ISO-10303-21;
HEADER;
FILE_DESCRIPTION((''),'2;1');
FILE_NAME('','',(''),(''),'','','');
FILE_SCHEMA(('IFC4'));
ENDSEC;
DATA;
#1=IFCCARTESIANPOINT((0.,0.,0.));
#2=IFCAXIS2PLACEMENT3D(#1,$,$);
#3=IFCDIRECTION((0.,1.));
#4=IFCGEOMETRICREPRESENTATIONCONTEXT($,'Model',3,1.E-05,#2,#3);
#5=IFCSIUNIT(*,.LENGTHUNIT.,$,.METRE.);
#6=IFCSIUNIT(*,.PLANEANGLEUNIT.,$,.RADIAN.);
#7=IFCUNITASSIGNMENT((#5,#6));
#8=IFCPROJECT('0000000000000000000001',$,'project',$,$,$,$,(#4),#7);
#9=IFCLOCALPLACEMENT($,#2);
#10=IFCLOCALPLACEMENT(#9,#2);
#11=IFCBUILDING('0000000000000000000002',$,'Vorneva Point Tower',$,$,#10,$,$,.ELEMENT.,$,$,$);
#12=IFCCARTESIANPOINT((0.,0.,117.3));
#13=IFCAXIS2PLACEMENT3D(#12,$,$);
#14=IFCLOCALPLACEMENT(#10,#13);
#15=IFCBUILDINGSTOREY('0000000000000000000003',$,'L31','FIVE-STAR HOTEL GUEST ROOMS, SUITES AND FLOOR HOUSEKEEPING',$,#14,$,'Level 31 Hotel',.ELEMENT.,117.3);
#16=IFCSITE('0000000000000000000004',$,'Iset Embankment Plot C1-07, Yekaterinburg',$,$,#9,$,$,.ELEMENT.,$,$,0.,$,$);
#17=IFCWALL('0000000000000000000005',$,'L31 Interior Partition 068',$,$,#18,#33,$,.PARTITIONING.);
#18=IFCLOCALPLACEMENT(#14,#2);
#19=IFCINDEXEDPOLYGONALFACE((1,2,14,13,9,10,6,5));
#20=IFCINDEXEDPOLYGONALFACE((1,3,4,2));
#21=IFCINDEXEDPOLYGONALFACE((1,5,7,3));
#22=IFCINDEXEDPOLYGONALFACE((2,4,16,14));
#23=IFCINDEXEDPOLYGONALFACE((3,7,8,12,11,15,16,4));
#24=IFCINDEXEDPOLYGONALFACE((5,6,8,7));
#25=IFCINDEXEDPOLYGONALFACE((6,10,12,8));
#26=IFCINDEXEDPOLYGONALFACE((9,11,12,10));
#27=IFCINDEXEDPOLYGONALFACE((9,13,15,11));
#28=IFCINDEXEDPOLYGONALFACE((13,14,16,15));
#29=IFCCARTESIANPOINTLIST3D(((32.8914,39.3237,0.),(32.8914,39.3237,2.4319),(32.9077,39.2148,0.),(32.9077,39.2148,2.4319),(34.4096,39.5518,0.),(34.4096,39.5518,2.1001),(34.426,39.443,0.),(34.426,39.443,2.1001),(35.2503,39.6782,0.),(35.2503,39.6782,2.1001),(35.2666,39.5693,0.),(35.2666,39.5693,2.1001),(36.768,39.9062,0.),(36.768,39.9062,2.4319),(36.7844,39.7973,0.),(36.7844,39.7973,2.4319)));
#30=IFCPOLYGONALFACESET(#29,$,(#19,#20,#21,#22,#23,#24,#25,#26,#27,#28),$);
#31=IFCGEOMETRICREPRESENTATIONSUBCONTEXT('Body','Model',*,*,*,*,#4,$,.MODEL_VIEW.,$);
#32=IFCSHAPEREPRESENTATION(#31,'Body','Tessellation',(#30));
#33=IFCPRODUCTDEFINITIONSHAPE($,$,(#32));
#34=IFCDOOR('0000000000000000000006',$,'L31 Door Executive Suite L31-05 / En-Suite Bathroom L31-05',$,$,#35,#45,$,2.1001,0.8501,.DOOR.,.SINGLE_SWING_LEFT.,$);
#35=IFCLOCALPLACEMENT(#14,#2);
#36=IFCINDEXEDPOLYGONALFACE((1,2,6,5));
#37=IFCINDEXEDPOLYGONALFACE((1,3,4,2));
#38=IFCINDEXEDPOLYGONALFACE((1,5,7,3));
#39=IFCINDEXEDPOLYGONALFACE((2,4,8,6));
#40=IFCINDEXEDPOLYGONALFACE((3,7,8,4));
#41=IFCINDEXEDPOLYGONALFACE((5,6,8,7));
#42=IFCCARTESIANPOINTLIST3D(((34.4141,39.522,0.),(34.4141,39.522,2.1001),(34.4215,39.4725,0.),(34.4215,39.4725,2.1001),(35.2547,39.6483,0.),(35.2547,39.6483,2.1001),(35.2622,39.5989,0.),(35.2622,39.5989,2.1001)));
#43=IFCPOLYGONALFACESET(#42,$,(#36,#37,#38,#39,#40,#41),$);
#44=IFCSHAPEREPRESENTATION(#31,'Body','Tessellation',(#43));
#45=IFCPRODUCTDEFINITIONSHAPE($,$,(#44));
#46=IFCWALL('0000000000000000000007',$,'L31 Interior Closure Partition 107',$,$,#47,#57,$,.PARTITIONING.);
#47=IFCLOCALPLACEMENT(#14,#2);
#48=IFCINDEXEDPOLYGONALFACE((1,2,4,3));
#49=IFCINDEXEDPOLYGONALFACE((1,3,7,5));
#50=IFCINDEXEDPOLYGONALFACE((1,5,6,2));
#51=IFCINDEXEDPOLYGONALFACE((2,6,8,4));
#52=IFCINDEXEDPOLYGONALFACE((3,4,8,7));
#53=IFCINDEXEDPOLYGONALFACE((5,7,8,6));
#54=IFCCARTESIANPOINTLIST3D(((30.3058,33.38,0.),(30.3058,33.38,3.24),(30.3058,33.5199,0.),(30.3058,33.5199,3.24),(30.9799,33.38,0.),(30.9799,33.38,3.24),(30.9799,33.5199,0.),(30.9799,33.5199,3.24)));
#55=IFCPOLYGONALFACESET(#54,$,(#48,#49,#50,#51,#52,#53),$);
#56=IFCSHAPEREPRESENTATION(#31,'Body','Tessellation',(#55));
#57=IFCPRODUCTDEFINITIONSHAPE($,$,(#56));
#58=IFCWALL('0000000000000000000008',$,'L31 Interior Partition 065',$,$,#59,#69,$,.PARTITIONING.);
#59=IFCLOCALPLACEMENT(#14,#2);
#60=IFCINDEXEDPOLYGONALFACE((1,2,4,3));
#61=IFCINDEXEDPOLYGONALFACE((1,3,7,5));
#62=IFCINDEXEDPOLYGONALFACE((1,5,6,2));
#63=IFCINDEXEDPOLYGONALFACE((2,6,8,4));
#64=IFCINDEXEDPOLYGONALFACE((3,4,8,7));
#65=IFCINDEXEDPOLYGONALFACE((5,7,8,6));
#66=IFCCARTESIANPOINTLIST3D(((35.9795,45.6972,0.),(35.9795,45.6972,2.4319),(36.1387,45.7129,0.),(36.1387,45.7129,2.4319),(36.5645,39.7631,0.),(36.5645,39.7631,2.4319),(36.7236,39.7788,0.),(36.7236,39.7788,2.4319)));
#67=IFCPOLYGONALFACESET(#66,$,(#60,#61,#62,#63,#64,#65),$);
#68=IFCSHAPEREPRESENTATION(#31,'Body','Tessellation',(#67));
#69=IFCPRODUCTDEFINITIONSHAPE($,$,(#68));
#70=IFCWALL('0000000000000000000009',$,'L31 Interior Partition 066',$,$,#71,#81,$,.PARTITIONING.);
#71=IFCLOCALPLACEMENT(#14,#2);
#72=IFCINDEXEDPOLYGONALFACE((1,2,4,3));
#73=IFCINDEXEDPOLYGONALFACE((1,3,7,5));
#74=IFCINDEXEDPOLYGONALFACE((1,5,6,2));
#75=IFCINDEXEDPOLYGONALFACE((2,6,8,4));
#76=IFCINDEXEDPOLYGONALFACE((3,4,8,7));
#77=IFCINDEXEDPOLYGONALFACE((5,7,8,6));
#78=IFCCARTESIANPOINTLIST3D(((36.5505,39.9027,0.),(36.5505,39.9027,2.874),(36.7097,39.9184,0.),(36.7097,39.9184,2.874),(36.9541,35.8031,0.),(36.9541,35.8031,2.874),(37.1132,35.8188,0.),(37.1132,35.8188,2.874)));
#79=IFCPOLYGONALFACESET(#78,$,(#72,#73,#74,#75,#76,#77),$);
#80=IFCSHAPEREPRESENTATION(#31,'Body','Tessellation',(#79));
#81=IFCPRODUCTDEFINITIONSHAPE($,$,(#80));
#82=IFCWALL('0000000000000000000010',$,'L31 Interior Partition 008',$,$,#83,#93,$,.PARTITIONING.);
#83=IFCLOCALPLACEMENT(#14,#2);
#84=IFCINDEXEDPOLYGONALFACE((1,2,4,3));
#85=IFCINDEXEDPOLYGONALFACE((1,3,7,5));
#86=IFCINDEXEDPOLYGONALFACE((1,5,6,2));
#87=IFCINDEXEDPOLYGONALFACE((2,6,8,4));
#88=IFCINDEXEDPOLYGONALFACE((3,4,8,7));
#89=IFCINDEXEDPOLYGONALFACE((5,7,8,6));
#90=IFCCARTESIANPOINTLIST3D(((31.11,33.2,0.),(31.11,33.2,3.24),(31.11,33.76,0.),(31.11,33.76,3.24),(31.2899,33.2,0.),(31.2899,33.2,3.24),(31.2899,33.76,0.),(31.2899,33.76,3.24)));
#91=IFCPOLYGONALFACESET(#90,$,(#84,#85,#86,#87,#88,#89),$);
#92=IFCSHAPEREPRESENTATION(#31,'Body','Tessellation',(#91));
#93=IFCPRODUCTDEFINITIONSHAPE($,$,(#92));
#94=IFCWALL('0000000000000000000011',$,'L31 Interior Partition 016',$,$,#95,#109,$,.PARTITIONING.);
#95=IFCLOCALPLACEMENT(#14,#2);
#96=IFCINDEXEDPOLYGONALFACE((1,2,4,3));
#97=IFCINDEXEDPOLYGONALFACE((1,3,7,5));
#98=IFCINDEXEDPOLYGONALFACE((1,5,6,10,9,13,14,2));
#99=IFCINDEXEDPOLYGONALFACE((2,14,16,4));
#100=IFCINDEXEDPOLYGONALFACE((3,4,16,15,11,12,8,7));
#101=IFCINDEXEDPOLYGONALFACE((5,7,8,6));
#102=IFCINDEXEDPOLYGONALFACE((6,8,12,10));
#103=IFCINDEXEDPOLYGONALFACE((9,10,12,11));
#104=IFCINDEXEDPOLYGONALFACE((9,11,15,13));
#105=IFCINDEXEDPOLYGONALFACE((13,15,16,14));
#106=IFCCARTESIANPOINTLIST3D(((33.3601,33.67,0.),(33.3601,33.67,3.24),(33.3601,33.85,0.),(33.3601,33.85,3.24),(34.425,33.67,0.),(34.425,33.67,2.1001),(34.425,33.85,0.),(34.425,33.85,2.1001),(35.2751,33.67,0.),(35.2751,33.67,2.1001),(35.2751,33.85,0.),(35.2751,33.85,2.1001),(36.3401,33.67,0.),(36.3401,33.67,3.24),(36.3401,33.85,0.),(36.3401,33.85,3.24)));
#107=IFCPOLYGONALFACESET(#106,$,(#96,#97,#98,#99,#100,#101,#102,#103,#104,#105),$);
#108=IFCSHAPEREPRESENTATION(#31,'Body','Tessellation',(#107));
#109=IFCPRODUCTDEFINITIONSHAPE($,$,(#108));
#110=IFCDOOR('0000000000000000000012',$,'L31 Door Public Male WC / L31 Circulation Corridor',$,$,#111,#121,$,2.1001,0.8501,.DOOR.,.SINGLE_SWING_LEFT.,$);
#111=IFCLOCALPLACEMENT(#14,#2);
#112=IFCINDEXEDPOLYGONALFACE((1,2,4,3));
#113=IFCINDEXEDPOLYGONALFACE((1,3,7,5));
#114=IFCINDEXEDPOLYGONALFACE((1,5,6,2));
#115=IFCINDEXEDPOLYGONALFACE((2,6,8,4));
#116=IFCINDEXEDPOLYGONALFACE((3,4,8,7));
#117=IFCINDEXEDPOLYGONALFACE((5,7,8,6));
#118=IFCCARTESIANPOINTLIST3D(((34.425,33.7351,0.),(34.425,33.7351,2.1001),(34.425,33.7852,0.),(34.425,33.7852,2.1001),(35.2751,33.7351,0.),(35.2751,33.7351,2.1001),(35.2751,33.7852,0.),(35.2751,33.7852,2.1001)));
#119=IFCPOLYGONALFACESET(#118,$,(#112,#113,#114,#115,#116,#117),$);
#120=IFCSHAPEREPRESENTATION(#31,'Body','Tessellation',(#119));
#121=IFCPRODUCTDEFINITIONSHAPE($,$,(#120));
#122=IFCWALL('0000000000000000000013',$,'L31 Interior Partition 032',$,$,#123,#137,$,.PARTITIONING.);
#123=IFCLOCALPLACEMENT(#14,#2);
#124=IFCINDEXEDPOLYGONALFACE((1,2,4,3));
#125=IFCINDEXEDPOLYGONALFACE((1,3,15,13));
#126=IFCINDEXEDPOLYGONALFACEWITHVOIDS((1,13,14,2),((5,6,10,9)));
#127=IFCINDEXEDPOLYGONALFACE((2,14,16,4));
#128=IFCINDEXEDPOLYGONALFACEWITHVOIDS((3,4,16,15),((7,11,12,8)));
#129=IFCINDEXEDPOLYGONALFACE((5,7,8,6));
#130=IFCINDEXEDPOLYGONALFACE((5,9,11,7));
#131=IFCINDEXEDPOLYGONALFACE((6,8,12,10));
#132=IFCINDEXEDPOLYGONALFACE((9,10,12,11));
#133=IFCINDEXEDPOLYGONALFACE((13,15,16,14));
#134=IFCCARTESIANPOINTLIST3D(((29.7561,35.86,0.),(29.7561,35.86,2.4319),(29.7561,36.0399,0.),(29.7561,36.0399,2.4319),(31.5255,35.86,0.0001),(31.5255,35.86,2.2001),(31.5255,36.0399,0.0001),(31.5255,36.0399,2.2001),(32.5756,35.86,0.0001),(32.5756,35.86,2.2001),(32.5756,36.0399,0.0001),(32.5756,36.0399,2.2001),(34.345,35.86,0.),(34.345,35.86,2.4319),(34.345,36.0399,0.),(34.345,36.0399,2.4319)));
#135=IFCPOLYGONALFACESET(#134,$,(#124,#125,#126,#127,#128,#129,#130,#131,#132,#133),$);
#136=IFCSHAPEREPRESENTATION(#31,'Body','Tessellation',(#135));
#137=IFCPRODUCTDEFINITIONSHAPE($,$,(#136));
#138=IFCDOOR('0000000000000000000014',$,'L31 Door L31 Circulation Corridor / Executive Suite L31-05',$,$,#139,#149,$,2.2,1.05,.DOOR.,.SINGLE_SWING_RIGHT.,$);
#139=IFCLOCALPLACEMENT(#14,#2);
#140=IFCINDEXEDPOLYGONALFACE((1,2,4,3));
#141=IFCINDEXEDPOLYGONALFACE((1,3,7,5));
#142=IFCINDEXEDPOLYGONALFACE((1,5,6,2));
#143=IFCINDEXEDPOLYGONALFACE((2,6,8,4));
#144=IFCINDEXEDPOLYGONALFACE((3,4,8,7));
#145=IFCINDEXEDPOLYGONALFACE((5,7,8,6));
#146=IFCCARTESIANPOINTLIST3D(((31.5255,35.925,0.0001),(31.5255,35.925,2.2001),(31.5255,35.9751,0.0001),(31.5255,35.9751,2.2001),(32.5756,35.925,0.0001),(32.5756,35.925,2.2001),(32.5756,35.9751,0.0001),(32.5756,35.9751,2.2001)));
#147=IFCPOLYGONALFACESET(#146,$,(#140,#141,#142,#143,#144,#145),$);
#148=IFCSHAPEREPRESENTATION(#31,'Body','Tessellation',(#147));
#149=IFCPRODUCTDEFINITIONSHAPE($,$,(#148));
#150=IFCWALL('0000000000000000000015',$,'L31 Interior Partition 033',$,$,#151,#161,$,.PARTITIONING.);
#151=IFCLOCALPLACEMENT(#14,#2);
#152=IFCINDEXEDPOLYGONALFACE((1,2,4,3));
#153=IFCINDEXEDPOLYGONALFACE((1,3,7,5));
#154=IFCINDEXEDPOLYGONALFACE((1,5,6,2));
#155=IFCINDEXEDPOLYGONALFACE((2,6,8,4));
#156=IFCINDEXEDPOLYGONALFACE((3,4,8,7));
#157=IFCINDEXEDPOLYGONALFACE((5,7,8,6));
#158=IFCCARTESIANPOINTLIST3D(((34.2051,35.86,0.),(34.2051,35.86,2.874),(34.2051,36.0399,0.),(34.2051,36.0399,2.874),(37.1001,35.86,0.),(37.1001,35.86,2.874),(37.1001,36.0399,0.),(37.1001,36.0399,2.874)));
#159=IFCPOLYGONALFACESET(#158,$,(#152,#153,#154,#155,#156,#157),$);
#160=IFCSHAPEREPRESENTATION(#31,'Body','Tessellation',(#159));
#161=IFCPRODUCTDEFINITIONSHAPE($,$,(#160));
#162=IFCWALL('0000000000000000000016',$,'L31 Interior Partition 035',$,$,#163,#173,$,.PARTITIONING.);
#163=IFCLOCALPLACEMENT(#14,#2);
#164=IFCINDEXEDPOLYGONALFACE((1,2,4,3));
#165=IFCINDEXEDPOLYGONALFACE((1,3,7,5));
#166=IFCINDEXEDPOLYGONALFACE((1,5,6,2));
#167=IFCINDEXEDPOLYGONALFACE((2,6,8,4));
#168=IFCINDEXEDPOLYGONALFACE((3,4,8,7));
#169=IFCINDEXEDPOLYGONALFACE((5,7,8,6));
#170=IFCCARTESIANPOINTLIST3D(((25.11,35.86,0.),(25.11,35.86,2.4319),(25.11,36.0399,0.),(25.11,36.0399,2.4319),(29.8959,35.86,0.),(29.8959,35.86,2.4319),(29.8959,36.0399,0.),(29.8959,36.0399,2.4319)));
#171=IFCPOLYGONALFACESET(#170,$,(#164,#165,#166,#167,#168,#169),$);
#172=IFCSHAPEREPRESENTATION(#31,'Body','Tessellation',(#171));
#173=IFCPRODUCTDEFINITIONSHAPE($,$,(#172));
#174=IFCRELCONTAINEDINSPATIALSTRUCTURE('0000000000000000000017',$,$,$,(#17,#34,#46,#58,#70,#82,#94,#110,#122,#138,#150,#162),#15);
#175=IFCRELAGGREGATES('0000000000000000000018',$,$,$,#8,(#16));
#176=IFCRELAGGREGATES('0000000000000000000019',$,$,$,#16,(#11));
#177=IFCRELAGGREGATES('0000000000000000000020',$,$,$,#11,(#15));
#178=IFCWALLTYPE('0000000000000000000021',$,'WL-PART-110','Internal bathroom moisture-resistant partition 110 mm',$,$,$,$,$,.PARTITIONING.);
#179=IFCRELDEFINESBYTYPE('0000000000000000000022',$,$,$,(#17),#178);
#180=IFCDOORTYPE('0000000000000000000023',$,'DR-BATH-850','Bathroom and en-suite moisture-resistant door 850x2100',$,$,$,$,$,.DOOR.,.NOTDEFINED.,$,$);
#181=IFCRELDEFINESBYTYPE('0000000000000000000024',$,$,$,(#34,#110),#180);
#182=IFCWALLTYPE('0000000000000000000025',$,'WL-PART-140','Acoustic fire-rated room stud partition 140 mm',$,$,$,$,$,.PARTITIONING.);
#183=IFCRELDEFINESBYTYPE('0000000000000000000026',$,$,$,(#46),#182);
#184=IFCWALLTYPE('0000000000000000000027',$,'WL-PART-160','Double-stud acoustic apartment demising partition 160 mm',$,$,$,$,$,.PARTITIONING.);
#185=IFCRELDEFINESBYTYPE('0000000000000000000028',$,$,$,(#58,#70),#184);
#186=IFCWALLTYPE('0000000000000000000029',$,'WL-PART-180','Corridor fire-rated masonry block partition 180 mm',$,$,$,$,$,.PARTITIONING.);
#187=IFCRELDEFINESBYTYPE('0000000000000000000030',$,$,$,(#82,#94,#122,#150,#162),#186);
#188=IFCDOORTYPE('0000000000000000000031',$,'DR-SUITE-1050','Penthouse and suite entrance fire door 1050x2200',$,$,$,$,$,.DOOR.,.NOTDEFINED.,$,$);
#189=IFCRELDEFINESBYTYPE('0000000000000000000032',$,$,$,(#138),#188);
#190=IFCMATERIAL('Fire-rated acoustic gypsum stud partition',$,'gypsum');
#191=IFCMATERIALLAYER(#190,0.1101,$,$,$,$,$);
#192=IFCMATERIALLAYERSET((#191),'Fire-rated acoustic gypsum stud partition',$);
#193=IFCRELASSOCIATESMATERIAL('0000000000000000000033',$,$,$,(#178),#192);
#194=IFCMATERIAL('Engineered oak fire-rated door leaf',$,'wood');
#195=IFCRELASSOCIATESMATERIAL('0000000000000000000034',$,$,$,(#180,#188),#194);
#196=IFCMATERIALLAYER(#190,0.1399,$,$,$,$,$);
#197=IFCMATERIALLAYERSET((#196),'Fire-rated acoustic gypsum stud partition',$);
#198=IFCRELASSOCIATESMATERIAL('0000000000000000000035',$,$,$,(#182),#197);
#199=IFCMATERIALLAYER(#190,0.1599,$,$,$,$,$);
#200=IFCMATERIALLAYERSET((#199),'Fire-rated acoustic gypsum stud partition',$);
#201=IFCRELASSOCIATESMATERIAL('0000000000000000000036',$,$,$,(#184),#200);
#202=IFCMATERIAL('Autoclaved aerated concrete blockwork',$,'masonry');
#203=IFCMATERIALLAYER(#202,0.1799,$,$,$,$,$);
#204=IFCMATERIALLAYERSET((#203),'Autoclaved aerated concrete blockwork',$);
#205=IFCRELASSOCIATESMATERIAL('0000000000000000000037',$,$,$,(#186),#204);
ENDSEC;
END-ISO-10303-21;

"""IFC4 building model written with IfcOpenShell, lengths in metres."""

from ifc_helpers import new_model, si_unit, direction, frame, frame_2d, origin, place, context, subcontext, project, spatial, rectangle, extrude, material, layer, layer_set, type_object, element, fill, save


model = new_model("IFC4")

# Units and contexts
model_context = context("Model", 3, precision=1e-05, world=origin(), true_north=direction((0.0, 1.0)))
body_context = subcontext(model_context, "Body", "Model", "MODEL_VIEW")
ifc_project = project(units=[si_unit("LENGTHUNIT", "METRE"), si_unit("PLANEANGLEUNIT", "RADIAN")], contexts=[model_context])

# Site, building, storey
site_placement = place(None, origin())
site = spatial("IfcSite", under=ifc_project, at=site_placement, Name="Iset Embankment Plot C1-07, Yekaterinburg", CompositionType="ELEMENT", RefElevation=0.0)
building_placement = place(site_placement, origin())
building = spatial("IfcBuilding", under=site, at=building_placement, Name="Vorneva Point Tower", CompositionType="ELEMENT")
storey_placement = place(building_placement, frame((0.0, 0.0, 117.3)))
storey = spatial("IfcBuildingStorey", under=building, at=storey_placement, Name="L31", Description="FIVE-STAR HOTEL GUEST ROOMS, SUITES AND FLOOR HOUSEKEEPING", LongName="Level 31 Hotel", CompositionType="ELEMENT", Elevation=117.3)

# Shared definitions
ifc_material_1 = material(Name="Fire-rated acoustic gypsum stud partition", Category="gypsum")
ifc_layer_1 = layer(ifc_material_1, 0.1101)
ifc_layer_set_1 = layer_set([ifc_layer_1], Name="Fire-rated acoustic gypsum stud partition")
wall_type_1 = type_object("IfcWallType", Name="WL-PART-110", Description="Internal bathroom moisture-resistant partition 110 mm", PredefinedType="PARTITIONING", material=ifc_layer_set_1)

# Wall, opening, door
wall_1_placement = place(storey_placement, frame((32.8997, 39.2693, 0.0), z_axis=(0.0, 0.0, 1.0), x_axis=(0.988898, 0.148593, 0.0)))
wall_1 = element("IfcWall", 1, at=wall_1_placement, inside=storey, type_object=wall_type_1, Name="L31 Interior Partition 068", PredefinedType="PARTITIONING", context=body_context, shape_type="SweptSolid", body=[
    extrude(rectangle(XDim=3.9202, YDim=0.1101, at=frame_2d((1.96, 0.0))), origin(), (0.0, 0.0, 1.0), 2.4319),
])
opening_1_placement = place(wall_1_placement, frame((1.5352, 0.0, 0.0)))
opening_1 = element("IfcOpeningElement", 2, at=opening_1_placement, cuts=wall_1, PredefinedType="OPENING", context=body_context, shape_type="SweptSolid", body=[
    extrude(rectangle(XDim=0.8501, YDim=2.1001, at=frame_2d((0.425, 1.05))), frame((0.0, 0.0698, 0.0), z_axis=(0.0, -1.0, 0.0), x_axis=(1.0, 0.0, 0.0)), (0.0, 0.0, 1.0), 0.1399),
])
ifc_material_2 = material(Name="Engineered oak fire-rated door leaf", Category="wood")
door_type_1 = type_object("IfcDoorType", Name="DR-BATH-850", Description="Bathroom and en-suite moisture-resistant door 850x2100", OperationType="NOTDEFINED", PredefinedType="DOOR", material=ifc_material_2)
door_1_placement = place(opening_1_placement, origin())
door_1 = element("IfcDoor", 3, at=door_1_placement, inside=storey, type_object=door_type_1, Name="L31 Door Executive Suite L31-05 / En-Suite Bathroom L31-05", OperationType="SINGLE_SWING_LEFT", OverallHeight=2.1001, OverallWidth=0.8501, PredefinedType="DOOR", context=body_context, shape_type="SweptSolid", body=[
    extrude(rectangle(XDim=0.8501, YDim=2.1001, at=frame_2d((0.425, 1.05))), frame((0.0, 0.0249, 0.0), z_axis=(0.0, -1.0, 0.0), x_axis=(1.0, 0.0, 0.0)), (0.0, 0.0, 1.0), 0.05),
])
fill(opening_1, door_1)

# Walls
ifc_layer_2 = layer(ifc_material_1, 0.1399)
ifc_layer_set_2 = layer_set([ifc_layer_2], Name="Fire-rated acoustic gypsum stud partition")
wall_type_2 = type_object("IfcWallType", Name="WL-PART-140", Description="Acoustic fire-rated room stud partition 140 mm", PredefinedType="PARTITIONING", material=ifc_layer_set_2)
wall_2_placement = place(storey_placement, frame((30.3059, 33.45, 0.0), z_axis=(0.0, 0.0, 1.0), x_axis=(1.0, 0.0, 0.0)))
element("IfcWall", 4, at=wall_2_placement, inside=storey, type_object=wall_type_2, Name="L31 Interior Closure Partition 107", PredefinedType="PARTITIONING", context=body_context, shape_type="SweptSolid", body=[
    extrude(rectangle(XDim=0.6741, YDim=0.1399, at=frame_2d((0.3369, 0.0))), origin(), (0.0, 0.0, 1.0), 3.24),
])
ifc_layer_3 = layer(ifc_material_1, 0.1599)
ifc_layer_set_3 = layer_set([ifc_layer_3], Name="Fire-rated acoustic gypsum stud partition")
wall_type_3 = type_object("IfcWallType", Name="WL-PART-160", Description="Double-stud acoustic apartment demising partition 160 mm", PredefinedType="PARTITIONING", material=ifc_layer_set_3)
wall_3_placement = place(storey_placement, frame((36.0591, 45.7051, 0.0), z_axis=(0.0, 0.0, 1.0), x_axis=(0.098101, -0.995176, 0.0)))
element("IfcWall", 5, at=wall_3_placement, inside=storey, type_object=wall_type_3, Name="L31 Interior Partition 065", PredefinedType="PARTITIONING", context=body_context, shape_type="SweptSolid", body=[
    extrude(rectangle(XDim=5.9629, YDim=0.1599, at=frame_2d((2.9814, 0.0))), origin(), (0.0, 0.0, 1.0), 2.4319),
])
wall_4_placement = place(storey_placement, frame((36.6301, 39.9104, 0.0), z_axis=(0.0, 0.0, 1.0), x_axis=(0.097966, -0.99519, 0.0)))
element("IfcWall", 6, at=wall_4_placement, inside=storey, type_object=wall_type_3, Name="L31 Interior Partition 066", PredefinedType="PARTITIONING", context=body_context, shape_type="SweptSolid", body=[
    extrude(rectangle(XDim=4.1194, YDim=0.1599, at=frame_2d((2.0596, 0.0))), origin(), (0.0, 0.0, 1.0), 2.874),
])

# Shared definitions
ifc_material_3 = material(Name="Autoclaved aerated concrete blockwork", Category="masonry")
ifc_layer_4 = layer(ifc_material_3, 0.1799)
ifc_layer_set_4 = layer_set([ifc_layer_4], Name="Autoclaved aerated concrete blockwork")
wall_type_4 = type_object("IfcWallType", Name="WL-PART-180", Description="Corridor fire-rated masonry block partition 180 mm", PredefinedType="PARTITIONING", material=ifc_layer_set_4)

# Wall
wall_5_placement = place(storey_placement, frame((31.2, 33.76, 0.0), z_axis=(0.0, 0.0, 1.0), x_axis=(0.0, -1.0, 0.0)))
element("IfcWall", 7, at=wall_5_placement, inside=storey, type_object=wall_type_4, Name="L31 Interior Partition 008", PredefinedType="PARTITIONING", context=body_context, shape_type="SweptSolid", body=[
    extrude(rectangle(XDim=0.5601, YDim=0.1799, at=frame_2d((0.28, 0.0))), origin(), (0.0, 0.0, 1.0), 3.24),
])

# Walls, openings, doors
wall_6_placement = place(storey_placement, frame((36.3401, 33.76, 0.0), z_axis=(0.0, 0.0, 1.0), x_axis=(-1.0, 0.0, 0.0)))
wall_6 = element("IfcWall", 8, at=wall_6_placement, inside=storey, type_object=wall_type_4, Name="L31 Interior Partition 016", PredefinedType="PARTITIONING", context=body_context, shape_type="SweptSolid", body=[
    extrude(rectangle(XDim=2.98, YDim=0.1799, at=frame_2d((1.49, 0.0))), origin(), (0.0, 0.0, 1.0), 3.24),
])
opening_2_placement = place(wall_6_placement, frame((1.0649, 0.0, 0.0)))
opening_2 = element("IfcOpeningElement", 9, at=opening_2_placement, cuts=wall_6, PredefinedType="OPENING", context=body_context, shape_type="SweptSolid", body=[
    extrude(rectangle(XDim=0.8501, YDim=2.1001, at=frame_2d((0.425, 1.05))), frame((0.0, 0.105, 0.0), z_axis=(0.0, -1.0, 0.0), x_axis=(1.0, 0.0, 0.0)), (0.0, 0.0, 1.0), 0.2097),
])
door_2_placement = place(opening_2_placement, origin())
door_2 = element("IfcDoor", 10, at=door_2_placement, inside=storey, type_object=door_type_1, Name="L31 Door Public Male WC / L31 Circulation Corridor", OperationType="SINGLE_SWING_LEFT", OverallHeight=2.1001, OverallWidth=0.8501, PredefinedType="DOOR", context=body_context, shape_type="SweptSolid", body=[
    extrude(rectangle(XDim=0.8501, YDim=2.1001, at=frame_2d((0.425, 1.05))), frame((0.0, 0.0249, 0.0), z_axis=(0.0, -1.0, 0.0), x_axis=(1.0, 0.0, 0.0)), (0.0, 0.0, 1.0), 0.05),
])
fill(opening_2, door_2)
wall_7_placement = place(storey_placement, frame((34.345, 35.95, 0.0), z_axis=(0.0, 0.0, 1.0), x_axis=(-1.0, 0.0, 0.0)))
wall_7 = element("IfcWall", 11, at=wall_7_placement, inside=storey, type_object=wall_type_4, Name="L31 Interior Partition 032", PredefinedType="PARTITIONING", context=body_context, shape_type="SweptSolid", body=[
    extrude(rectangle(XDim=4.5889, YDim=0.1799, at=frame_2d((2.2944, 0.0))), origin(), (0.0, 0.0, 1.0), 2.4319),
])
opening_3_placement = place(wall_7_placement, frame((1.7695, 0.0, 0.0)))
opening_3 = element("IfcOpeningElement", 12, at=opening_3_placement, cuts=wall_7, PredefinedType="OPENING", context=body_context, shape_type="SweptSolid", body=[
    extrude(rectangle(XDim=1.05, YDim=2.2, at=frame_2d((0.5249, 1.1001))), frame((0.0, 0.105, 0.0), z_axis=(0.0, -1.0, 0.0), x_axis=(1.0, 0.0, 0.0)), (0.0, 0.0, 1.0), 0.2097),
])
door_type_2 = type_object("IfcDoorType", Name="DR-SUITE-1050", Description="Penthouse and suite entrance fire door 1050x2200", OperationType="NOTDEFINED", PredefinedType="DOOR", material=ifc_material_2)
door_3_placement = place(opening_3_placement, origin())
door_3 = element("IfcDoor", 13, at=door_3_placement, inside=storey, type_object=door_type_2, Name="L31 Door L31 Circulation Corridor / Executive Suite L31-05", OperationType="SINGLE_SWING_RIGHT", OverallHeight=2.2, OverallWidth=1.05, PredefinedType="DOOR", context=body_context, shape_type="SweptSolid", body=[
    extrude(rectangle(XDim=1.05, YDim=2.2, at=frame_2d((0.5249, 1.1001))), frame((0.0, 0.0249, 0.0), z_axis=(0.0, -1.0, 0.0), x_axis=(1.0, 0.0, 0.0)), (0.0, 0.0, 1.0), 0.05),
])
fill(opening_3, door_3)

# Walls
wall_8_placement = place(storey_placement, frame((37.1001, 35.95, 0.0), z_axis=(0.0, 0.0, 1.0), x_axis=(-1.0, 0.0, 0.0)))
element("IfcWall", 14, at=wall_8_placement, inside=storey, type_object=wall_type_4, Name="L31 Interior Partition 033", PredefinedType="PARTITIONING", context=body_context, shape_type="SweptSolid", body=[
    extrude(rectangle(XDim=2.895, YDim=0.1799, at=frame_2d((1.4475, 0.0))), origin(), (0.0, 0.0, 1.0), 2.874),
])
wall_9_placement = place(storey_placement, frame((29.896, 35.95, 0.0), z_axis=(0.0, 0.0, 1.0), x_axis=(-1.0, 0.0, 0.0)))
element("IfcWall", 15, at=wall_9_placement, inside=storey, type_object=wall_type_4, Name="L31 Interior Partition 035", PredefinedType="PARTITIONING", context=body_context, shape_type="SweptSolid", body=[
    extrude(rectangle(XDim=4.7859, YDim=0.1799, at=frame_2d((2.3931, 0.0))), origin(), (0.0, 0.0, 1.0), 2.4319),
])

save(model, "model.ifc")
